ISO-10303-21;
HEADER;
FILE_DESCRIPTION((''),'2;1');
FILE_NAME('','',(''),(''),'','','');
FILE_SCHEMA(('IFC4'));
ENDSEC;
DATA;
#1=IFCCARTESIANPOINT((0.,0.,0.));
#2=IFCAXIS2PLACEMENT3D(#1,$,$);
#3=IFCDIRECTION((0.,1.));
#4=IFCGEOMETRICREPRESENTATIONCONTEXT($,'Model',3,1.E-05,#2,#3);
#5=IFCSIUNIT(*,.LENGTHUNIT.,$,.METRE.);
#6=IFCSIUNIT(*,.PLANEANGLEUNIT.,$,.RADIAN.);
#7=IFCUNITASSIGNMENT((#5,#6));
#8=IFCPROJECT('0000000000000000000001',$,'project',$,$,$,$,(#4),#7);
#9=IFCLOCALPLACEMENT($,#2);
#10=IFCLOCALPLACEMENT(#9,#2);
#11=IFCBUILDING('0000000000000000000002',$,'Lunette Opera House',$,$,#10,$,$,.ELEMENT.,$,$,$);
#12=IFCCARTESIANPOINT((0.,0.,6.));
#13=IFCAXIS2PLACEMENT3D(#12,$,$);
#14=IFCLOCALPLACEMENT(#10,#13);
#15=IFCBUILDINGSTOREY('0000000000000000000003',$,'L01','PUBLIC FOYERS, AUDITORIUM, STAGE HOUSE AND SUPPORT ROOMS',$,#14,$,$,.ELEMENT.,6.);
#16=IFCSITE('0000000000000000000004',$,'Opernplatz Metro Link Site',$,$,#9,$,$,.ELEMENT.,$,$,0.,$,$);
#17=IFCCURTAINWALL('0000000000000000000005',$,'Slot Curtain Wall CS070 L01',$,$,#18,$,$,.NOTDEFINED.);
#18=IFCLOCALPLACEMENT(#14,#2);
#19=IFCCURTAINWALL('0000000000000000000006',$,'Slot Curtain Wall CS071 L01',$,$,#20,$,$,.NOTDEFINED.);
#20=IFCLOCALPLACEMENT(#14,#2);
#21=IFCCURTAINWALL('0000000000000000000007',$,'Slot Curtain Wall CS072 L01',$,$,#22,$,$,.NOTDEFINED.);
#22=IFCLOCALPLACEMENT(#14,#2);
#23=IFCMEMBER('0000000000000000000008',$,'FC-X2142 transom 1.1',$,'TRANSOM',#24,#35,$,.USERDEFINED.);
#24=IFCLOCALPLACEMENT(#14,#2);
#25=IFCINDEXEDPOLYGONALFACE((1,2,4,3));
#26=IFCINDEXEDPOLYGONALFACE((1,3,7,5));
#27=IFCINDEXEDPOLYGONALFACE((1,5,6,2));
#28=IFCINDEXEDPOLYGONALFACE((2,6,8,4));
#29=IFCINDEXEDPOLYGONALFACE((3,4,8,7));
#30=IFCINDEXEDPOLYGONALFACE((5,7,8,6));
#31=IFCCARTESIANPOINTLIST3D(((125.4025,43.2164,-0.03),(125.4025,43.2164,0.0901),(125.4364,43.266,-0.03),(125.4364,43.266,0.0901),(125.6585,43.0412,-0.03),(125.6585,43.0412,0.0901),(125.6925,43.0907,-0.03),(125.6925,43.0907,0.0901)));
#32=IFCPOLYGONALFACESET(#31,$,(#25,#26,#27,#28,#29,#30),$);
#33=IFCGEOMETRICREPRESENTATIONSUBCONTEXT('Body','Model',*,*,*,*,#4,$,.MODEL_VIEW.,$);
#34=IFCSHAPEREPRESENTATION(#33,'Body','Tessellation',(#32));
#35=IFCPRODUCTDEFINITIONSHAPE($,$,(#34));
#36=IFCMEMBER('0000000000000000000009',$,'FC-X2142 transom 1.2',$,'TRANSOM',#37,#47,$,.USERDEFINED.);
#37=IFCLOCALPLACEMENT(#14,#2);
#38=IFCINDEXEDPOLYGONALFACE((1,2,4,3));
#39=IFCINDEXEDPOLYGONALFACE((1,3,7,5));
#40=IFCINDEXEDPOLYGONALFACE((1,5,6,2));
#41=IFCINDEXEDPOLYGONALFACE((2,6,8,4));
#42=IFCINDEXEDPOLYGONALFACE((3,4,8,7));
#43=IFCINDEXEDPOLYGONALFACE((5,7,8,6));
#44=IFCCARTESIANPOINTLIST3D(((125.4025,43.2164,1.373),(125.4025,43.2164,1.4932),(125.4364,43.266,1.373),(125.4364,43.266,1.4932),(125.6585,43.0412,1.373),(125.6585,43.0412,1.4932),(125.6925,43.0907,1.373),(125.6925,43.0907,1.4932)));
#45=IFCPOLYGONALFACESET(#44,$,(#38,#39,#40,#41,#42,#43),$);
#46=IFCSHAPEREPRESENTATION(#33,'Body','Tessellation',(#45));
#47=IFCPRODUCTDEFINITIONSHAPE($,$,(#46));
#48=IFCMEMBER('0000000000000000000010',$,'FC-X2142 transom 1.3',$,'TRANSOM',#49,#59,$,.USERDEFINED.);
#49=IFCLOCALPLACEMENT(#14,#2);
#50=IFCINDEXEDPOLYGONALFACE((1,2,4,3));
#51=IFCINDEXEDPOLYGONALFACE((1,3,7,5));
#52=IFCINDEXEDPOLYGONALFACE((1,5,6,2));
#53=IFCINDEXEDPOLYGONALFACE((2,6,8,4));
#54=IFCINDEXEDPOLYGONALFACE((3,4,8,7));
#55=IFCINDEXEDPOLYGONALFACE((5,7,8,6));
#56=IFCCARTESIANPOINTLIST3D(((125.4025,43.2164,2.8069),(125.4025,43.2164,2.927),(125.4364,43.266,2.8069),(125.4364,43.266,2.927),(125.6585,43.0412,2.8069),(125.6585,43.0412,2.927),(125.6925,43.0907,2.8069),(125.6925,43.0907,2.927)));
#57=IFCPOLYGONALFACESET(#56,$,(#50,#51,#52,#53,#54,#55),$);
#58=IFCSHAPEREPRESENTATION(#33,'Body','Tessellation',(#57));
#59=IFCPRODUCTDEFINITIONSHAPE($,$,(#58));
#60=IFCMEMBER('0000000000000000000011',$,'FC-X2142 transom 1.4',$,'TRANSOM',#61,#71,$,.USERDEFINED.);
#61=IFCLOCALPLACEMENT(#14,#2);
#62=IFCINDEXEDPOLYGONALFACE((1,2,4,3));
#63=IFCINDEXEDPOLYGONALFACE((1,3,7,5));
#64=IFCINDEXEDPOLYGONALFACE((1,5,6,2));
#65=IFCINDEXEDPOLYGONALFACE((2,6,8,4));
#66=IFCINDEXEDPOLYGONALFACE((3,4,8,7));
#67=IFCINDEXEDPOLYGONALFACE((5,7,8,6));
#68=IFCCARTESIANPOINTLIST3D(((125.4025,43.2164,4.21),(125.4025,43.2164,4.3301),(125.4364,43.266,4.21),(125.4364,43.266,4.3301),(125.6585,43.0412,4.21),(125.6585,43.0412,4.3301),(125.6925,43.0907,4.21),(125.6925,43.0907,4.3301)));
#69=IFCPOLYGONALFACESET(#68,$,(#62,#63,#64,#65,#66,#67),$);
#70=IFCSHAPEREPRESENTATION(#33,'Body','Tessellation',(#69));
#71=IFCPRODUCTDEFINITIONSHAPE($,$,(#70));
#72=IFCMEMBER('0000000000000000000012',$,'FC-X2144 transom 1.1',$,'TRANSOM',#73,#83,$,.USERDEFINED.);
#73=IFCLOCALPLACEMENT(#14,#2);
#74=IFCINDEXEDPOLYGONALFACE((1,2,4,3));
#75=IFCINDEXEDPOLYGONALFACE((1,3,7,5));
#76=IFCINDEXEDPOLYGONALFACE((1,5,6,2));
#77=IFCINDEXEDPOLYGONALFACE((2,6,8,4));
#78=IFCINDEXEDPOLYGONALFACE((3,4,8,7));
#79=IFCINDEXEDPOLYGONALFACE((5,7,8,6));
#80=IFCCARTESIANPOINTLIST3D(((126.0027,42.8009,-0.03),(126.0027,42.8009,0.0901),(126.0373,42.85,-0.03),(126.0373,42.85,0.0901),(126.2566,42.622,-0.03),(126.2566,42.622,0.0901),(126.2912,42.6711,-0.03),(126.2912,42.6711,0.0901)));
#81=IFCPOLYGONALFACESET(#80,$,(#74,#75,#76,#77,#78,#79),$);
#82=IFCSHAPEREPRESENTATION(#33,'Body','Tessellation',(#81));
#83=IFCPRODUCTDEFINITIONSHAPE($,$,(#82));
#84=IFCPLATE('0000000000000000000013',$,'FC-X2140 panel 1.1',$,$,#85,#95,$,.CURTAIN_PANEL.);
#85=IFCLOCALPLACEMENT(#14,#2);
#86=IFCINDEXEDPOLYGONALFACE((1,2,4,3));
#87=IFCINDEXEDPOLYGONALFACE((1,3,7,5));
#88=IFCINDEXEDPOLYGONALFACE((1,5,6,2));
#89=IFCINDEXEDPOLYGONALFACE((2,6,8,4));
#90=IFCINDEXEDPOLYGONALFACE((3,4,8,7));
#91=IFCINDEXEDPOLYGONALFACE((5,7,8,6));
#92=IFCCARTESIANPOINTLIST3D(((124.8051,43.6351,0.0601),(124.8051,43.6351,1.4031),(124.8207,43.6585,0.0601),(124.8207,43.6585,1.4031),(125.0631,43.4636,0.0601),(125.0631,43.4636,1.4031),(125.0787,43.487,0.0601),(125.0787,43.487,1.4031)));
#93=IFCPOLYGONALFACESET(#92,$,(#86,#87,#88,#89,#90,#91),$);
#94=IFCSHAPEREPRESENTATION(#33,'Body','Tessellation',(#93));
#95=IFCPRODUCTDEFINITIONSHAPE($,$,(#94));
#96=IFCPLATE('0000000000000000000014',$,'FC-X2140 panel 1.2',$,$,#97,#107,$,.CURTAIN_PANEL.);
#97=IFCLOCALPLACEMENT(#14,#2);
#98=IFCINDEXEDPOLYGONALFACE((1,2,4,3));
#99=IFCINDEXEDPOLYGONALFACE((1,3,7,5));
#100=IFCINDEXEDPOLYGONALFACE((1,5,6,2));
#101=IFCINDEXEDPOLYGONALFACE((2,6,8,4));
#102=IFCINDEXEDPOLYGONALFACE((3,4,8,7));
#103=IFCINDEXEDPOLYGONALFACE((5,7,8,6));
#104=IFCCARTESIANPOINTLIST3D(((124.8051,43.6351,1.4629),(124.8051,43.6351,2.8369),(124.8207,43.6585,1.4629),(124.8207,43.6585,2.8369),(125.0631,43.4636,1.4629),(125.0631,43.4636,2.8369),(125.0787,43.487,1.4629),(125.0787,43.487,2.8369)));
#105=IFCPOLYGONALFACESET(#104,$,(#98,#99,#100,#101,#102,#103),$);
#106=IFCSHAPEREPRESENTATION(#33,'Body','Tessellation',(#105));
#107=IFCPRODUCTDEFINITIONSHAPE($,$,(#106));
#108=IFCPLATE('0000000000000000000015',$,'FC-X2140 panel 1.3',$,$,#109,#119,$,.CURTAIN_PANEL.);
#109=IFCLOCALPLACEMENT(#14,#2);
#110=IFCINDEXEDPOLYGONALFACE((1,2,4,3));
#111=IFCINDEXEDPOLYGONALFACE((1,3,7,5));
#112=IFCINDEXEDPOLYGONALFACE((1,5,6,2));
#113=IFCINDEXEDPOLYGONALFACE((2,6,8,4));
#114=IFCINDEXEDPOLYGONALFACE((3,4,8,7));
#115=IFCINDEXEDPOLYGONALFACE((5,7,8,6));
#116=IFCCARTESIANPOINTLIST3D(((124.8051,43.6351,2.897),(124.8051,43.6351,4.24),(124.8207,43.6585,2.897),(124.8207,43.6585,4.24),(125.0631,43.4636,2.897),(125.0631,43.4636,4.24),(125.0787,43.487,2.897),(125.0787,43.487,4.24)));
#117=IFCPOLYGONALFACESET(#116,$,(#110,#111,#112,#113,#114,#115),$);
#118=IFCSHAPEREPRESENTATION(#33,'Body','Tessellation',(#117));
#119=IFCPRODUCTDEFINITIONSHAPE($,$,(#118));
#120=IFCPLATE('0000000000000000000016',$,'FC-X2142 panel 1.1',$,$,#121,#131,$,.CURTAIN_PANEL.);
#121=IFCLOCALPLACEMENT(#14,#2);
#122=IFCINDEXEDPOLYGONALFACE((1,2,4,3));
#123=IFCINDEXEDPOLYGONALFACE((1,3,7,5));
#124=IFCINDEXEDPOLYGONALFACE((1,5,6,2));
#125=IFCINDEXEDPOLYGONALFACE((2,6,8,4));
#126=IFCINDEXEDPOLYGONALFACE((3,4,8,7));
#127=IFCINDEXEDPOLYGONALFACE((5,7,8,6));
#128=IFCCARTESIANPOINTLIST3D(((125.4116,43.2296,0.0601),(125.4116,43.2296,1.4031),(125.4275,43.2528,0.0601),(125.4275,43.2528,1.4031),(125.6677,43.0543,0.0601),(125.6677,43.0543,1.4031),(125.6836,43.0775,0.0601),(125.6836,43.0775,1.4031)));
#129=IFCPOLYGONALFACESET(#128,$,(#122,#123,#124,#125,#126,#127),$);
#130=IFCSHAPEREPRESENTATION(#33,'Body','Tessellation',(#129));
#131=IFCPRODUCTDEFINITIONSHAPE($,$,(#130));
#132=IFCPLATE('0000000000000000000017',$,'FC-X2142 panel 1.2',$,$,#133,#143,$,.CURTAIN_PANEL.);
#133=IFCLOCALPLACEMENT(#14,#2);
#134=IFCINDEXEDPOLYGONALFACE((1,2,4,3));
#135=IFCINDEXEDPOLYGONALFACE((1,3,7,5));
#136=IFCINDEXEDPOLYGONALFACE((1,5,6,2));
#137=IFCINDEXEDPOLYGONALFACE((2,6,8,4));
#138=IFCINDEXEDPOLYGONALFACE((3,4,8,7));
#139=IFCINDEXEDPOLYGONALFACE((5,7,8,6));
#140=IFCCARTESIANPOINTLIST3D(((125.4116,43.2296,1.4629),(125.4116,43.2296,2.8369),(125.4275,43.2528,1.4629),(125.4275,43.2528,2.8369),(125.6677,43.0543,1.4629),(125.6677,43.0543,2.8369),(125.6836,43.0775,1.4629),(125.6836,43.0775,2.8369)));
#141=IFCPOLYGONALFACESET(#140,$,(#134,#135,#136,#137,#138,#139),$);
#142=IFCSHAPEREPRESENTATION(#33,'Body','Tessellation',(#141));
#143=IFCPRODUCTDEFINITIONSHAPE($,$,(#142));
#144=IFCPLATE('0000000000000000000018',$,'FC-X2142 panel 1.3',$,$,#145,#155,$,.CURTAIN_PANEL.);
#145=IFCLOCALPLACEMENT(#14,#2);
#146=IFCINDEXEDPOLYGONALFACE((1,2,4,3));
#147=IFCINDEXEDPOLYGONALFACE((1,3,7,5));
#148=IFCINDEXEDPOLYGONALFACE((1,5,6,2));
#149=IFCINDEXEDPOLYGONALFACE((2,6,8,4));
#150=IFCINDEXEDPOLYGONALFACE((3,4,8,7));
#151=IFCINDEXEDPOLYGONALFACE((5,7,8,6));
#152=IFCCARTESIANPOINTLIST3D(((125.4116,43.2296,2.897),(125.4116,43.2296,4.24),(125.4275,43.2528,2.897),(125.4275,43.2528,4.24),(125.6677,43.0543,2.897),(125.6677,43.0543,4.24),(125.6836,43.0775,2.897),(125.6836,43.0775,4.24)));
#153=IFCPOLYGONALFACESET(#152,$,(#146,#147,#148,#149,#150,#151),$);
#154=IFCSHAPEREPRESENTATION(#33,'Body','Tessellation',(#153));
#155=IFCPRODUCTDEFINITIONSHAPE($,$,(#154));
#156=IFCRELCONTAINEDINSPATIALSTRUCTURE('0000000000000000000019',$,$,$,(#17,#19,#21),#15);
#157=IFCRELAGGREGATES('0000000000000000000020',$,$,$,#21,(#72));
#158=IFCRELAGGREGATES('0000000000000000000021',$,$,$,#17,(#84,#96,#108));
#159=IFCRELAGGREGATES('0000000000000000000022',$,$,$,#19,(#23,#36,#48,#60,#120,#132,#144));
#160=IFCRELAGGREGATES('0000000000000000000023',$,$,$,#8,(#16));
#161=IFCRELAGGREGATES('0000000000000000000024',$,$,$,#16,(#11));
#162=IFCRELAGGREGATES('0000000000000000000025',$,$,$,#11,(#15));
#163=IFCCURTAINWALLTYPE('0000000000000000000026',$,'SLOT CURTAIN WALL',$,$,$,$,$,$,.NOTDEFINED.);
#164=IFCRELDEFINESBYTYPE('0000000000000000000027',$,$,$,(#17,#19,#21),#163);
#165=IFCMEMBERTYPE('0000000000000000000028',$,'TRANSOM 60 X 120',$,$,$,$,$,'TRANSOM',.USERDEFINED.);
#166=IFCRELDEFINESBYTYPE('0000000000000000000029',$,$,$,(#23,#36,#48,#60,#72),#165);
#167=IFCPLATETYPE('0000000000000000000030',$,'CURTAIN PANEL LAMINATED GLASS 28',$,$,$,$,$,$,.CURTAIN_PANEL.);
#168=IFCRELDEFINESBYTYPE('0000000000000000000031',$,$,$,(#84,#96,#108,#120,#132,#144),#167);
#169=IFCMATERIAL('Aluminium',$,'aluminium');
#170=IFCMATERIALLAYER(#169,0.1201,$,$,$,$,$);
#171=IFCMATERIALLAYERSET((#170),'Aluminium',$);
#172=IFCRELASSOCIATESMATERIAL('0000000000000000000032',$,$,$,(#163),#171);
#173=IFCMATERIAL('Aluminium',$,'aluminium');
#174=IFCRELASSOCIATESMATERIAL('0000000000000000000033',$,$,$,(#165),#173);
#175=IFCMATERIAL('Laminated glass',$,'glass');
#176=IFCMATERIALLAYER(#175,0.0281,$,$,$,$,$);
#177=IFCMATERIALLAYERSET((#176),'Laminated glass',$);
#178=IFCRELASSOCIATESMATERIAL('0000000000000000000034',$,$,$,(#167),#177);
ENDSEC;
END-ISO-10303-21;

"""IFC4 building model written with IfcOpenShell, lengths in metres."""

from ifc_helpers import new_model, si_unit, direction, frame, origin, origin_2d, place, context, subcontext, project, spatial, rectangle, extrude, material, layer, layer_set, material_profile, profile_set, type_object, element, aggregate, save


model = new_model("IFC4")

# Units and contexts
model_context = context("Model", 3, precision=1e-05, world=origin(), true_north=direction((0.0, 1.0)))
body_context = subcontext(model_context, "Body", "Model", "MODEL_VIEW")
ifc_project = project(units=[si_unit("LENGTHUNIT", "METRE"), si_unit("PLANEANGLEUNIT", "RADIAN")], contexts=[model_context])

# Site, building, storey
site_placement = place(None, origin())
site = spatial("IfcSite", under=ifc_project, at=site_placement, Name="Opernplatz Metro Link Site", CompositionType="ELEMENT", RefElevation=0.0)
building_placement = place(site_placement, origin())
building = spatial("IfcBuilding", under=site, at=building_placement, Name="Lunette Opera House", CompositionType="ELEMENT")
storey_placement = place(building_placement, frame((0.0, 0.0, 6.0)))
storey = spatial("IfcBuildingStorey", under=building, at=storey_placement, Name="L01", Description="PUBLIC FOYERS, AUDITORIUM, STAGE HOUSE AND SUPPORT ROOMS", CompositionType="ELEMENT", Elevation=6.0)

# Curtain wall
ifc_material_1 = material(Name="Aluminium", Category="aluminium")
ifc_layer_1 = layer(ifc_material_1, 0.1201)
ifc_layer_set_1 = layer_set([ifc_layer_1], Name="Aluminium")
curtain_wall_type = type_object("IfcCurtainWallType", Name="SLOT CURTAIN WALL", PredefinedType="NOTDEFINED", material=ifc_layer_set_1)
curtain_wall_1_placement = place(storey_placement, origin())
curtain_wall_1 = element("IfcCurtainWall", 1, at=curtain_wall_1_placement, inside=storey, type_object=curtain_wall_type, Name="Slot Curtain Wall CS070 L01", PredefinedType="NOTDEFINED")

# Curtain wall
curtain_wall_2_placement = place(storey_placement, origin())
curtain_wall_2 = element("IfcCurtainWall", 2, at=curtain_wall_2_placement, inside=storey, type_object=curtain_wall_type, Name="Slot Curtain Wall CS071 L01", PredefinedType="NOTDEFINED")

# Curtain wall
curtain_wall_3_placement = place(storey_placement, origin())
curtain_wall_3 = element("IfcCurtainWall", 3, at=curtain_wall_3_placement, inside=storey, type_object=curtain_wall_type, Name="Slot Curtain Wall CS072 L01", PredefinedType="NOTDEFINED")

# Members
ifc_material_2 = material(Name="Aluminium", Category="aluminium")
ifc_material_profile_1 = material_profile(ifc_material_2, rectangle(XDim=0.0601, YDim=0.1201, at=origin_2d()), Name="TRANSOM 60 X 120")
ifc_profile_set_1 = profile_set([ifc_material_profile_1], Name="Aluminium")
member_type_1 = type_object("IfcMemberType", Name="TRANSOM 60 X 120", ElementType="TRANSOM", PredefinedType="USERDEFINED", material=ifc_profile_set_1)
member_1_placement = place(storey_placement, frame((125.4194, 43.2412, 0.03), z_axis=(0.825211, -0.564825, 0.0), x_axis=(0.564825, 0.825211, 0.0)))
member_1 = element("IfcMember", 4, at=member_1_placement, type_object=member_type_1, Name="FC-X2142 transom 1.1", ObjectType="TRANSOM", PredefinedType="USERDEFINED", context=body_context, shape_type="SweptSolid", body=[
    extrude(rectangle(XDim=0.0601, YDim=0.1201, at=origin_2d()), origin(), (0.0, 0.0, 1.0), 0.3103),
])
member_2_placement = place(storey_placement, frame((125.4194, 43.2412, 1.4331), z_axis=(0.825211, -0.564825, 0.0), x_axis=(0.564825, 0.825211, 0.0)))
member_2 = element("IfcMember", 5, at=member_2_placement, type_object=member_type_1, Name="FC-X2142 transom 1.2", ObjectType="TRANSOM", PredefinedType="USERDEFINED", context=body_context, shape_type="SweptSolid", body=[
    extrude(rectangle(XDim=0.0601, YDim=0.1201, at=origin_2d()), origin(), (0.0, 0.0, 1.0), 0.3103),
])
member_3_placement = place(storey_placement, frame((125.4194, 43.2412, 2.8669), z_axis=(0.825211, -0.564825, 0.0), x_axis=(0.564825, 0.825211, 0.0)))
member_3 = element("IfcMember", 6, at=member_3_placement, type_object=member_type_1, Name="FC-X2142 transom 1.3", ObjectType="TRANSOM", PredefinedType="USERDEFINED", context=body_context, shape_type="SweptSolid", body=[
    extrude(rectangle(XDim=0.0601, YDim=0.1201, at=origin_2d()), origin(), (0.0, 0.0, 1.0), 0.3103),
])
member_4_placement = place(storey_placement, frame((125.4194, 43.2412, 4.27), z_axis=(0.825211, -0.564825, 0.0), x_axis=(0.564825, 0.825211, 0.0)))
member_4 = element("IfcMember", 7, at=member_4_placement, type_object=member_type_1, Name="FC-X2142 transom 1.4", ObjectType="TRANSOM", PredefinedType="USERDEFINED", context=body_context, shape_type="SweptSolid", body=[
    extrude(rectangle(XDim=0.0601, YDim=0.1201, at=origin_2d()), origin(), (0.0, 0.0, 1.0), 0.3103),
])
member_5_placement = place(storey_placement, frame((126.02, 42.8254, 0.03), z_axis=(0.817381, -0.576097, 0.0), x_axis=(0.576097, 0.817381, 0.0)))
member_5 = element("IfcMember", 8, at=member_5_placement, type_object=member_type_1, Name="FC-X2144 transom 1.1", ObjectType="TRANSOM", PredefinedType="USERDEFINED", context=body_context, shape_type="SweptSolid", body=[
    extrude(rectangle(XDim=0.0601, YDim=0.1201, at=origin_2d()), origin(), (0.0, 0.0, 1.0), 0.3105),
])
aggregate(curtain_wall_3, [member_5])

# Plates
ifc_material_3 = material(Name="Laminated glass", Category="glass")
ifc_layer_2 = layer(ifc_material_3, 0.0281)
ifc_layer_set_2 = layer_set([ifc_layer_2], Name="Laminated glass")
plate_type = type_object("IfcPlateType", Name="CURTAIN PANEL LAMINATED GLASS 28", PredefinedType="CURTAIN_PANEL", material=ifc_layer_set_2)
plate_1_placement = place(storey_placement, frame((124.9419, 43.561, 0.0601), z_axis=(0.0, 0.0, 1.0), x_axis=(0.832765, -0.553626, 0.0)))
plate_1 = element("IfcPlate", 9, at=plate_1_placement, type_object=plate_type, Name="FC-X2140 panel 1.1", PredefinedType="CURTAIN_PANEL", context=body_context, shape_type="SweptSolid", body=[
    extrude(rectangle(XDim=0.3098, YDim=0.0281, at=origin_2d()), origin(), (0.0, 0.0, 1.0), 1.343),
])
plate_2_placement = place(storey_placement, frame((124.9419, 43.561, 1.4629), z_axis=(0.0, 0.0, 1.0), x_axis=(0.832765, -0.553626, 0.0)))
plate_2 = element("IfcPlate", 10, at=plate_2_placement, type_object=plate_type, Name="FC-X2140 panel 1.2", PredefinedType="CURTAIN_PANEL", context=body_context, shape_type="SweptSolid", body=[
    extrude(rectangle(XDim=0.3098, YDim=0.0281, at=origin_2d()), origin(), (0.0, 0.0, 1.0), 1.374),
])
plate_3_placement = place(storey_placement, frame((124.9419, 43.561, 2.897), z_axis=(0.0, 0.0, 1.0), x_axis=(0.832765, -0.553626, 0.0)))
plate_3 = element("IfcPlate", 11, at=plate_3_placement, type_object=plate_type, Name="FC-X2140 panel 1.3", PredefinedType="CURTAIN_PANEL", context=body_context, shape_type="SweptSolid", body=[
    extrude(rectangle(XDim=0.3098, YDim=0.0281, at=origin_2d()), origin(), (0.0, 0.0, 1.0), 1.343),
])
aggregate(curtain_wall_1, [plate_1, plate_2, plate_3])
plate_4_placement = place(storey_placement, frame((125.5476, 43.1536, 0.0601), z_axis=(0.0, 0.0, 1.0), x_axis=(0.825193, -0.564851, 0.0)))
plate_4 = element("IfcPlate", 12, at=plate_4_placement, type_object=plate_type, Name="FC-X2142 panel 1.1", PredefinedType="CURTAIN_PANEL", context=body_context, shape_type="SweptSolid", body=[
    extrude(rectangle(XDim=0.3103, YDim=0.0281, at=origin_2d()), origin(), (0.0, 0.0, 1.0), 1.343),
])
plate_5_placement = place(storey_placement, frame((125.5476, 43.1536, 1.4629), z_axis=(0.0, 0.0, 1.0), x_axis=(0.825193, -0.564851, 0.0)))
plate_5 = element("IfcPlate", 13, at=plate_5_placement, type_object=plate_type, Name="FC-X2142 panel 1.2", PredefinedType="CURTAIN_PANEL", context=body_context, shape_type="SweptSolid", body=[
    extrude(rectangle(XDim=0.3103, YDim=0.0281, at=origin_2d()), origin(), (0.0, 0.0, 1.0), 1.374),
])
plate_6_placement = place(storey_placement, frame((125.5476, 43.1536, 2.897), z_axis=(0.0, 0.0, 1.0), x_axis=(0.825193, -0.564851, 0.0)))
plate_6 = element("IfcPlate", 14, at=plate_6_placement, type_object=plate_type, Name="FC-X2142 panel 1.3", PredefinedType="CURTAIN_PANEL", context=body_context, shape_type="SweptSolid", body=[
    extrude(rectangle(XDim=0.3103, YDim=0.0281, at=origin_2d()), origin(), (0.0, 0.0, 1.0), 1.343),
])
aggregate(curtain_wall_2, [member_1, member_2, member_3, member_4, plate_4, plate_5, plate_6])

save(model, "model.ifc")
